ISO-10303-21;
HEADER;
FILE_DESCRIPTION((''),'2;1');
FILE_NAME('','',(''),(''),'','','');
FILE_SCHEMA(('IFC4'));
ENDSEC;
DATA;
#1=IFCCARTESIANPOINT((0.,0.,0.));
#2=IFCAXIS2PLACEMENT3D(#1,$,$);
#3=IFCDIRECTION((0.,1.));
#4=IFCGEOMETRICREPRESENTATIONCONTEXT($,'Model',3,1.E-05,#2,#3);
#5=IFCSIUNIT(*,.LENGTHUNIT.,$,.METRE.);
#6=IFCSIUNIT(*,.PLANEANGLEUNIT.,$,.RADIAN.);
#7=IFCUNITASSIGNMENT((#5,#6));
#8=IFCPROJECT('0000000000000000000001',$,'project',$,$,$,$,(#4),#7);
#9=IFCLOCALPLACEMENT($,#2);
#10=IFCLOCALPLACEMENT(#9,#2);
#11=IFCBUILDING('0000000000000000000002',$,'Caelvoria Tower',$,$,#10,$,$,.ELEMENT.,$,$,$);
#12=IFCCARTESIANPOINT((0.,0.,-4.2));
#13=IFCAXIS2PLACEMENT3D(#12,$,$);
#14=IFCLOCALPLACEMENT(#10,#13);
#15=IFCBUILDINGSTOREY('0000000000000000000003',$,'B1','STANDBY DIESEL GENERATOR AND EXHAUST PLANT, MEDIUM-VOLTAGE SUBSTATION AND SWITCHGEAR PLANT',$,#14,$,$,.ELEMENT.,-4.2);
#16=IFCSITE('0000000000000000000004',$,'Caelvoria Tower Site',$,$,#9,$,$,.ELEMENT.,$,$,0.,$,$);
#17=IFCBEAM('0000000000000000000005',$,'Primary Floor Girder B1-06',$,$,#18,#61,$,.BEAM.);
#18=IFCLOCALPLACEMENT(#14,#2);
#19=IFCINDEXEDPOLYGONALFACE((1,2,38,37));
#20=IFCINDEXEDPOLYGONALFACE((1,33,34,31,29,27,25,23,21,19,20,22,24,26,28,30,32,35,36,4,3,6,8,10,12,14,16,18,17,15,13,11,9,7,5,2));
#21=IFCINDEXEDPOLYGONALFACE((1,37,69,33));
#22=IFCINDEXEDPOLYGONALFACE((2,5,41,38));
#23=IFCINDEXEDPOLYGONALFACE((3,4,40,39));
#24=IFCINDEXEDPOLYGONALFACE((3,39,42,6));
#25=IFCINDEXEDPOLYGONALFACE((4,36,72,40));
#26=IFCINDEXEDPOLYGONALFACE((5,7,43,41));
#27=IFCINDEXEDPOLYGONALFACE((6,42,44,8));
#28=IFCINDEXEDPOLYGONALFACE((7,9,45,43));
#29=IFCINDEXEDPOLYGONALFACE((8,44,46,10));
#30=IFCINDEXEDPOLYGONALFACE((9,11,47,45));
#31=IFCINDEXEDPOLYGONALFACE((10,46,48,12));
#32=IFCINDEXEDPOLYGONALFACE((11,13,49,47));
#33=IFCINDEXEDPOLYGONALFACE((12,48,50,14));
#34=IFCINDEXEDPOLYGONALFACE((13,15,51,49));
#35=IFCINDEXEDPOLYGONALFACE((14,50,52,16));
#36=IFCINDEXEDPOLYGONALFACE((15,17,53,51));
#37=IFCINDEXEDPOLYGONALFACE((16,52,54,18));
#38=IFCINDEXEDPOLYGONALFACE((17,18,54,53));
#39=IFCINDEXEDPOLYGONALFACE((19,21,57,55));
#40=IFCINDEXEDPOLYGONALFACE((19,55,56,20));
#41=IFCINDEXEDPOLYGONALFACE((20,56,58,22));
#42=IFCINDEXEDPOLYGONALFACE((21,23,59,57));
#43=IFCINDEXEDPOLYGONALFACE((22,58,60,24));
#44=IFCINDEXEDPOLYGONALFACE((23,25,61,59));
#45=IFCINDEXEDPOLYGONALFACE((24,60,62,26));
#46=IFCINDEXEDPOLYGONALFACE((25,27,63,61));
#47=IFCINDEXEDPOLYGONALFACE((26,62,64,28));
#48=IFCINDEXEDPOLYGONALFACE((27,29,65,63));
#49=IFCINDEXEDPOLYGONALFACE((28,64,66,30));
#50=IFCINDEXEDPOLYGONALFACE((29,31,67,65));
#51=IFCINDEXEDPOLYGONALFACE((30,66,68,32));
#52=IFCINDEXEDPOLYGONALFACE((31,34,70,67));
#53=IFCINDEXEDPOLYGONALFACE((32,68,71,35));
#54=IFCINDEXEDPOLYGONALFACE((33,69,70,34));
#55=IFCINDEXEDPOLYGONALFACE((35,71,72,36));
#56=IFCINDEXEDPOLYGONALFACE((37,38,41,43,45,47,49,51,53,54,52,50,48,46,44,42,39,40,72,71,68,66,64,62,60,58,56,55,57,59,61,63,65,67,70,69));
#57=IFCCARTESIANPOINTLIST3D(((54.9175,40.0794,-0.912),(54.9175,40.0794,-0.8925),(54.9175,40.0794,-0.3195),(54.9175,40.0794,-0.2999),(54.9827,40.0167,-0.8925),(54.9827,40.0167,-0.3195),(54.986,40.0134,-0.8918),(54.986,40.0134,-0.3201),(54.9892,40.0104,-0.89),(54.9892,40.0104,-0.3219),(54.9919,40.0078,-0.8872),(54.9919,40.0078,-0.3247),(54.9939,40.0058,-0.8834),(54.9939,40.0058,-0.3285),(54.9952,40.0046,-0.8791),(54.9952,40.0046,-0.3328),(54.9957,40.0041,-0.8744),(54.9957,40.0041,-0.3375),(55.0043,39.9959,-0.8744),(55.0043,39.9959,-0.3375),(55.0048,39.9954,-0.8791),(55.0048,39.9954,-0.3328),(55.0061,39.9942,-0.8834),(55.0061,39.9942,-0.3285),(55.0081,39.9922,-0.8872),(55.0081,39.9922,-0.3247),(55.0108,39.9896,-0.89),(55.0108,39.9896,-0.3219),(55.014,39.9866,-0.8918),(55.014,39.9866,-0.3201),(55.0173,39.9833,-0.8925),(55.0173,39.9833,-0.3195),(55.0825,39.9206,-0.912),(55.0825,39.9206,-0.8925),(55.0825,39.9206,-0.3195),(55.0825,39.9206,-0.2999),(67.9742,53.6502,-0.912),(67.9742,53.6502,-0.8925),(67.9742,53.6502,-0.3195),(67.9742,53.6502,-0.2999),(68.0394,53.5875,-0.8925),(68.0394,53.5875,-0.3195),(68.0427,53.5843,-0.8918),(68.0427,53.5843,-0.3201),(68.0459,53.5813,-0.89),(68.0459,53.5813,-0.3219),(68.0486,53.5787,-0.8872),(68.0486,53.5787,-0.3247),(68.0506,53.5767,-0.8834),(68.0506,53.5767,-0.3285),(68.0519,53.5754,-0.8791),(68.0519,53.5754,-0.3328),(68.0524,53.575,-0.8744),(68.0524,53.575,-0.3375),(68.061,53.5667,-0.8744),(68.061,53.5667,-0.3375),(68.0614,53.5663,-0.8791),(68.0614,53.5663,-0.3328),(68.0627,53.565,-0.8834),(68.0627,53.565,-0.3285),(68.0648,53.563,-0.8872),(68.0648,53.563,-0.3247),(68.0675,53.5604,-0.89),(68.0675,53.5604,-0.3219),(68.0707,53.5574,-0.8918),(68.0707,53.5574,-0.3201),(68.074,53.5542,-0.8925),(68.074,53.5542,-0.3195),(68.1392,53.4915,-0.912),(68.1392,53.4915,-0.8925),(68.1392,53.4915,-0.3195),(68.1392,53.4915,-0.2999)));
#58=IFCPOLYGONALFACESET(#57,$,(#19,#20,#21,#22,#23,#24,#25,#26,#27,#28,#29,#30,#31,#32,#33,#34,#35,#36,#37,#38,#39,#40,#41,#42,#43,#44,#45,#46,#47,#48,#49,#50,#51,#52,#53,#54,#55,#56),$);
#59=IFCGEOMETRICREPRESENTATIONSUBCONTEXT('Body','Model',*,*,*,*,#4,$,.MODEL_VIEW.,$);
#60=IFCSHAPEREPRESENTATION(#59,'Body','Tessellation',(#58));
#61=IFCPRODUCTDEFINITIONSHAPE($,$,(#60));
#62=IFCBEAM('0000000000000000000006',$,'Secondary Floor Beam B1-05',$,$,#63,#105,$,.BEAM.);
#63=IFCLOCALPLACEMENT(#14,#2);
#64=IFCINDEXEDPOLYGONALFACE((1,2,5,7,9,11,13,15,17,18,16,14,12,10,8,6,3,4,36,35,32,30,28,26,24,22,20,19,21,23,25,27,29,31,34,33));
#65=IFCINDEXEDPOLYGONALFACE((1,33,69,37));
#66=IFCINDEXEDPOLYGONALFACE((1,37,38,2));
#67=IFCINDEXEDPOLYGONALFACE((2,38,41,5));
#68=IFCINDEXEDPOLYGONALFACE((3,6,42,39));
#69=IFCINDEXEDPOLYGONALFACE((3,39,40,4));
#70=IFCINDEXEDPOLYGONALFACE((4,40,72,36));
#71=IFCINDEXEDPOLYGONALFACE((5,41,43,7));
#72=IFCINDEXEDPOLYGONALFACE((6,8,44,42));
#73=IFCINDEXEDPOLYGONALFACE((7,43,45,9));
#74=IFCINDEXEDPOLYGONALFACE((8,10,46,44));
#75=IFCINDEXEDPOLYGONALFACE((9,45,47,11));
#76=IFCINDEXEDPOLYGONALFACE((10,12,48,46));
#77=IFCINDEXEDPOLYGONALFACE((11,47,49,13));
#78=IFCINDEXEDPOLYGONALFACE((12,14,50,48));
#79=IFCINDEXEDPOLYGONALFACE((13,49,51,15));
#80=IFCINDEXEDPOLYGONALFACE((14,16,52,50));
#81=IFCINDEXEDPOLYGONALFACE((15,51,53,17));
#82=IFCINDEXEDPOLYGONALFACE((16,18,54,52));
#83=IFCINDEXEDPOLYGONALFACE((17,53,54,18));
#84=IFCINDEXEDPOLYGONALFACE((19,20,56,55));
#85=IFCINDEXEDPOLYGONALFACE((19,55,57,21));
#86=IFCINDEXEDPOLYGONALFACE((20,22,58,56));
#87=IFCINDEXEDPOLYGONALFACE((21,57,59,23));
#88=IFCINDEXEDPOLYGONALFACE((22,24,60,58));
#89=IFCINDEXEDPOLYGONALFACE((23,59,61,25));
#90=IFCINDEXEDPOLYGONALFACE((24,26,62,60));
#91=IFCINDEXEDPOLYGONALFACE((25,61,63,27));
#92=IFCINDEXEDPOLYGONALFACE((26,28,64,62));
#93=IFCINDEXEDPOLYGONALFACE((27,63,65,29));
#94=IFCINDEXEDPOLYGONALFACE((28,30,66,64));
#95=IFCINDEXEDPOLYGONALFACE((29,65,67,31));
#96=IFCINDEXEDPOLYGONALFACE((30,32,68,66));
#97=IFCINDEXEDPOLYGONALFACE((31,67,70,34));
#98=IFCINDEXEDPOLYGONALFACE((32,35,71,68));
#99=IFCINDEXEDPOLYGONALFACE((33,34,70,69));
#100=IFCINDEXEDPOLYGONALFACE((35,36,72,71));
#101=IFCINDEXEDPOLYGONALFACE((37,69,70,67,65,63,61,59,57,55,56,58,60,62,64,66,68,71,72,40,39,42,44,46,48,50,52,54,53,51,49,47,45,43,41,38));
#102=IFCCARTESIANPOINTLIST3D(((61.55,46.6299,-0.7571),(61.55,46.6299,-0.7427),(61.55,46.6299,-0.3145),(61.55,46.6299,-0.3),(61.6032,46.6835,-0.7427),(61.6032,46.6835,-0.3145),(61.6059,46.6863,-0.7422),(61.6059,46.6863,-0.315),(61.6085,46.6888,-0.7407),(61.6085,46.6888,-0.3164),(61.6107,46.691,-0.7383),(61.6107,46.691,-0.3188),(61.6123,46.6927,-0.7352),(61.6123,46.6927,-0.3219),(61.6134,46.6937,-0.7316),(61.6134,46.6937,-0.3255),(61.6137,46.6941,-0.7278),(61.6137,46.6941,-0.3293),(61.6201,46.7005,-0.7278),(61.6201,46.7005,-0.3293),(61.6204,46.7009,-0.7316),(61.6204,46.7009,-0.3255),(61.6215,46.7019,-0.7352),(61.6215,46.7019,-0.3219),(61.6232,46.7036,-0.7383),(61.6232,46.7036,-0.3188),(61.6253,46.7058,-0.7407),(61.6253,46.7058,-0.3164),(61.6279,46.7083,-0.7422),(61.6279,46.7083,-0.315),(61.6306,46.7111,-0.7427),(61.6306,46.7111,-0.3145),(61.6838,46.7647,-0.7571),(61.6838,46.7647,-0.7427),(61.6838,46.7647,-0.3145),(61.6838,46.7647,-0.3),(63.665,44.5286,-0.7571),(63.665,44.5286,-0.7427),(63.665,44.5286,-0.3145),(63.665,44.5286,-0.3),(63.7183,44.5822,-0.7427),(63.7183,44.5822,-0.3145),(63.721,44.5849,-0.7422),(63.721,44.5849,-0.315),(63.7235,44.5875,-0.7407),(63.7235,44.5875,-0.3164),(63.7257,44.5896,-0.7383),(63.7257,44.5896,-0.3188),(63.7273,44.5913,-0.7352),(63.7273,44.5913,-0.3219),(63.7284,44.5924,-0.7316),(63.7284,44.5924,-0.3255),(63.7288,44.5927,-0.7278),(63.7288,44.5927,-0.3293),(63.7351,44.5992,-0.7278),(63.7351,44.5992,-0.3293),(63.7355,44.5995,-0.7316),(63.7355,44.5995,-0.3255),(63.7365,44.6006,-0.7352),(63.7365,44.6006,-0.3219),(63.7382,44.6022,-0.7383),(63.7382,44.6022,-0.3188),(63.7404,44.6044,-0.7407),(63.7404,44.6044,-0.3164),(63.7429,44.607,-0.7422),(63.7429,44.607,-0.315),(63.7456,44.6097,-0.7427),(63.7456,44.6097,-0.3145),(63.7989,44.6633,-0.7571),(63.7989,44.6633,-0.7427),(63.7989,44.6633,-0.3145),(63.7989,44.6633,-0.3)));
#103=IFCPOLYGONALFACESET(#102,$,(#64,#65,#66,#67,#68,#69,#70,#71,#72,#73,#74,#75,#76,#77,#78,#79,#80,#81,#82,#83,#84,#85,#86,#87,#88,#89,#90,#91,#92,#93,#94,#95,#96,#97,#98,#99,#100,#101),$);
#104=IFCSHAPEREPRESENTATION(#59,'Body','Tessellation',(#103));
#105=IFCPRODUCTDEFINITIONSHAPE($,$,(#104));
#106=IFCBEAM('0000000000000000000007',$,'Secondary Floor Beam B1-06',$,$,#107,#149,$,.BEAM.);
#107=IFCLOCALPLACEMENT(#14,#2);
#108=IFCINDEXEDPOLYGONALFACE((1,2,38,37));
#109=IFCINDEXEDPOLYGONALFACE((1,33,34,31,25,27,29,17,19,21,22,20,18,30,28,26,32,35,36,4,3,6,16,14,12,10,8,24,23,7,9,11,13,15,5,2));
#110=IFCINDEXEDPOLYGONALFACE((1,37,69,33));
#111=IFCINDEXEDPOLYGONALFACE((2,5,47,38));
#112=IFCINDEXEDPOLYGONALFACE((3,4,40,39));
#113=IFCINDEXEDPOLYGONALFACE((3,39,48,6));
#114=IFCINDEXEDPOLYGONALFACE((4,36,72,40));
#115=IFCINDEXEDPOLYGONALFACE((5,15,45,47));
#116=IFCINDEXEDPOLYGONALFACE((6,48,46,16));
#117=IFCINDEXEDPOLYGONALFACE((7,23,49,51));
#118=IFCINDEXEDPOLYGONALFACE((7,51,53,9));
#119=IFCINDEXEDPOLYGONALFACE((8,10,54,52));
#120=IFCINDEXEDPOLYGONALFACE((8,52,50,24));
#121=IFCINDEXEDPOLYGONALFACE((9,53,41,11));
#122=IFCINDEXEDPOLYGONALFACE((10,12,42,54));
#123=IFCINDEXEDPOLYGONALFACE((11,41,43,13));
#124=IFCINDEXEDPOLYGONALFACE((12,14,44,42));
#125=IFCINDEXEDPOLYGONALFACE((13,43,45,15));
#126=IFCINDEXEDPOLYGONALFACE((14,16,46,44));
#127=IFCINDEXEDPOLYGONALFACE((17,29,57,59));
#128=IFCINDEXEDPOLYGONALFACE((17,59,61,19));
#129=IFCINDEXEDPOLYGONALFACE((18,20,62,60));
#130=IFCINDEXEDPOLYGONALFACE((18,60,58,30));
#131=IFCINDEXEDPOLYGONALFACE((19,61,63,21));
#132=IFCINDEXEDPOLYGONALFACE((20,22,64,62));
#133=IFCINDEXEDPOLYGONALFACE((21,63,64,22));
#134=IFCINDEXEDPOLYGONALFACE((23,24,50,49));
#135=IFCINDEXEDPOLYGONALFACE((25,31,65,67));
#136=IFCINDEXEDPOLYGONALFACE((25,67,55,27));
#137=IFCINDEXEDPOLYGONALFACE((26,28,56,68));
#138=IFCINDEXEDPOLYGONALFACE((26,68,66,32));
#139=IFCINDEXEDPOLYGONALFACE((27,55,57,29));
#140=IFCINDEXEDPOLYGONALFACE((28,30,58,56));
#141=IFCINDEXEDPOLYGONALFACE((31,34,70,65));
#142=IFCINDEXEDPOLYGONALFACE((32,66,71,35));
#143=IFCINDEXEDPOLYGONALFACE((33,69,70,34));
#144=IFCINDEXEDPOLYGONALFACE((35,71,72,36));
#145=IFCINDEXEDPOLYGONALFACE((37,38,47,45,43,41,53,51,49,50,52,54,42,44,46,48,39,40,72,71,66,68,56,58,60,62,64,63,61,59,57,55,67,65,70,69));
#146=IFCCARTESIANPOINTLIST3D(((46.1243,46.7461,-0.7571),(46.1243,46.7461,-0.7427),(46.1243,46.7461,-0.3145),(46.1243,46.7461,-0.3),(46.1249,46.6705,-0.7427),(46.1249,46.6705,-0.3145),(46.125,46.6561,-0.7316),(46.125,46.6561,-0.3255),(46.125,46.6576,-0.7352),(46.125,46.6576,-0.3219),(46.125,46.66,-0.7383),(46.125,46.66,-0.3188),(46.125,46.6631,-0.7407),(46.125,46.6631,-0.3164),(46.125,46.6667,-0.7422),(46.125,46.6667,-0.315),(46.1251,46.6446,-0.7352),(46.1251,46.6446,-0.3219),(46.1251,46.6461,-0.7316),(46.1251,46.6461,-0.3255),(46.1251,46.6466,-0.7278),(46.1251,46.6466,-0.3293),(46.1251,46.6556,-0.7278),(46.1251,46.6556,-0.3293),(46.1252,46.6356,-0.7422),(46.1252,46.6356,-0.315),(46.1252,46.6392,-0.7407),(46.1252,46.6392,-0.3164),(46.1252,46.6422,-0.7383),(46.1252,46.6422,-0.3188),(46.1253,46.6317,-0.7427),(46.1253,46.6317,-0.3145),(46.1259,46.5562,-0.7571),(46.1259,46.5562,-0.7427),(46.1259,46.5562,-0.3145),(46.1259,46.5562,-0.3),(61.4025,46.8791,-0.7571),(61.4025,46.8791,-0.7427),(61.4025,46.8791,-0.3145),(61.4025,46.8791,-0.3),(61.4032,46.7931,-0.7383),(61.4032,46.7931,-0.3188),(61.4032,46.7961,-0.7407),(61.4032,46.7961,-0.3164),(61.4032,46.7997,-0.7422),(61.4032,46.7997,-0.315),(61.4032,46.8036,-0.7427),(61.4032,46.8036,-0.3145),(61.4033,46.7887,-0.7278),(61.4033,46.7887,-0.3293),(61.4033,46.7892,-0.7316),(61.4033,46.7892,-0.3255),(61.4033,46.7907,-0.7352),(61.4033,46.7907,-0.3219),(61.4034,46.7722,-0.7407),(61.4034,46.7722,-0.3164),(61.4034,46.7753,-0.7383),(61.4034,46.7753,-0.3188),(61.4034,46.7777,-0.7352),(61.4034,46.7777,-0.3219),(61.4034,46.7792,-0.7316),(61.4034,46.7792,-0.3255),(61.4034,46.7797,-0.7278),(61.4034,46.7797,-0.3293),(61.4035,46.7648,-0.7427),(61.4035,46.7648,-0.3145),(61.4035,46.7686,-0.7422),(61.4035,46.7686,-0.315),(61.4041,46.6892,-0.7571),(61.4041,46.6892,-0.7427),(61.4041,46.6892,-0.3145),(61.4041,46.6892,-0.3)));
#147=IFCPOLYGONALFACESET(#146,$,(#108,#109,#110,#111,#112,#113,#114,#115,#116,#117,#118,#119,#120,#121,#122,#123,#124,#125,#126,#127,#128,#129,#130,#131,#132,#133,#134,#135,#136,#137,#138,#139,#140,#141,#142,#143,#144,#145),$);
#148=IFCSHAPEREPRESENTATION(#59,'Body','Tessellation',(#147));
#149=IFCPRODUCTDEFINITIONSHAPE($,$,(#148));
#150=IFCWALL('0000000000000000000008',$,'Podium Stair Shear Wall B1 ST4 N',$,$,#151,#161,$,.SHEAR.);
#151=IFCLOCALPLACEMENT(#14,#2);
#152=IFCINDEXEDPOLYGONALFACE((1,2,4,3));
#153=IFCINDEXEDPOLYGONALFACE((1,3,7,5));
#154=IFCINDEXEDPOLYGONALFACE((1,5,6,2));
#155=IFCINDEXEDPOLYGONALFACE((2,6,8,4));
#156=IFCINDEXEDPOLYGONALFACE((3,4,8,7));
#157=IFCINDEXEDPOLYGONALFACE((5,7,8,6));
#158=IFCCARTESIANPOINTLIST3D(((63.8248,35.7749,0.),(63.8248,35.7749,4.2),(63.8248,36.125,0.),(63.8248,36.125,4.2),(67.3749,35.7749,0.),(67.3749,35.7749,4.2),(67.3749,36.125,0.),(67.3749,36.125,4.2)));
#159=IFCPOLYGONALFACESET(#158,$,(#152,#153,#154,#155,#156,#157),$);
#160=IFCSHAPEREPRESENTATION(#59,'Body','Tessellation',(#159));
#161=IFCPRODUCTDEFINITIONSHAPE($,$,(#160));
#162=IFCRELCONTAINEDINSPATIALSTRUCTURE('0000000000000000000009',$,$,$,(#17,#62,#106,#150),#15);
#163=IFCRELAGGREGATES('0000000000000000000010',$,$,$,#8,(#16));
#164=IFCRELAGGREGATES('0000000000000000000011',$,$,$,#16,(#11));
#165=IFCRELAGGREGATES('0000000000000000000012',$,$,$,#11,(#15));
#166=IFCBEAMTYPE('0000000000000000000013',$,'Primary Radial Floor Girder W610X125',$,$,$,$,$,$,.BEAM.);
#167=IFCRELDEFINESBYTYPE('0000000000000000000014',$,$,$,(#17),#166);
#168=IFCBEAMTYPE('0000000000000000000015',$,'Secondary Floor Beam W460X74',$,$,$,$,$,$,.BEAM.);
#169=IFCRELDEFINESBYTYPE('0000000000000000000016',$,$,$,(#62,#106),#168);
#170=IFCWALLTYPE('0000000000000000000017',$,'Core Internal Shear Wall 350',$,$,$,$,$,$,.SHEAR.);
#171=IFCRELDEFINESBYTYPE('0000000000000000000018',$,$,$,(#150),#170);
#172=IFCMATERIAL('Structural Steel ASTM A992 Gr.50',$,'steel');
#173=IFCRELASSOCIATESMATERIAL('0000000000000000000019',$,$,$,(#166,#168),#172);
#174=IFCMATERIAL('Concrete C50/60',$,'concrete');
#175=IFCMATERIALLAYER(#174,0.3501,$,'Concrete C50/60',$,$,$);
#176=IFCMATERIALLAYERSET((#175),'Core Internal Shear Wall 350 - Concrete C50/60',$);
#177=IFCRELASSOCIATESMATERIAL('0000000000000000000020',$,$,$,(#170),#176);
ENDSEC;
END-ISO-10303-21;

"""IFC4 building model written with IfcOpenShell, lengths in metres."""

from ifc_helpers import new_model, si_unit, direction, frame, frame_2d, origin, origin_2d, place, context, subcontext, project, spatial, rectangle, i_section, extrude, material, layer, layer_set, material_profile, profile_set, type_object, element, save


model = new_model("IFC4")

# Units and contexts
model_context = context("Model", 3, precision=1e-05, world=origin(), true_north=direction((0.0, 1.0)))
body_context = subcontext(model_context, "Body", "Model", "MODEL_VIEW")
ifc_project = project(units=[si_unit("LENGTHUNIT", "METRE"), si_unit("PLANEANGLEUNIT", "RADIAN")], contexts=[model_context])

# Site, building, storey
site_placement = place(None, origin())
site = spatial("IfcSite", under=ifc_project, at=site_placement, Name="Caelvoria Tower Site", CompositionType="ELEMENT", RefElevation=0.0)
building_placement = place(site_placement, origin())
building = spatial("IfcBuilding", under=site, at=building_placement, Name="Caelvoria Tower", CompositionType="ELEMENT")
storey_placement = place(building_placement, frame((0.0, 0.0, -4.2)))
storey = spatial("IfcBuildingStorey", under=building, at=storey_placement, Name="B1", Description="STANDBY DIESEL GENERATOR AND EXHAUST PLANT, MEDIUM-VOLTAGE SUBSTATION AND SWITCHGEAR PLANT", CompositionType="ELEMENT", Elevation=-4.2)

# Shared definitions
ifc_material_1 = material(Name="Concrete C50/60", Category="concrete")

# Beams
ifc_material_2 = material(Name="Structural Steel ASTM A992 Gr.50", Category="steel")
ifc_material_profile_1 = material_profile(ifc_material_2, i_section(OverallWidth=0.229, OverallDepth=0.6121, WebThickness=0.012, FlangeThickness=0.0195, FilletRadius=0.0181, at=origin_2d()), Name="Structural Steel ASTM A992 Gr.50")
ifc_profile_set_1 = profile_set([ifc_material_profile_1], Name="W610X125 - Structural Steel ASTM A992 Gr.50")
beam_type_1 = type_object("IfcBeamType", Name="Primary Radial Floor Girder W610X125", PredefinedType="BEAM", material=ifc_profile_set_1)
beam_1_placement = place(storey_placement, frame((55.0, 40.0, -0.606), z_axis=(0.693324, 0.720626, 0.0), x_axis=(-0.720626, 0.693324, 0.0)))
element("IfcBeam", 1, at=beam_1_placement, inside=storey, type_object=beam_type_1, Name="Primary Floor Girder B1-06", PredefinedType="BEAM", context=body_context, shape_type="SweptSolid", body=[
    extrude(i_section(OverallWidth=0.229, OverallDepth=0.6121, WebThickness=0.012, FlangeThickness=0.0195, FilletRadius=0.0181, at=origin_2d()), origin(), (0.0, 0.0, 1.0), 18.832),
])
ifc_material_profile_2 = material_profile(ifc_material_2, i_section(OverallWidth=0.1899, OverallDepth=0.457, WebThickness=0.009, FlangeThickness=0.0144, FilletRadius=0.0149, at=origin_2d()), Name="Structural Steel ASTM A992 Gr.50")
ifc_profile_set_2 = profile_set([ifc_material_profile_2], Name="W460X74 - Structural Steel ASTM A992 Gr.50")
beam_type_2 = type_object("IfcBeamType", Name="Secondary Floor Beam W460X74", PredefinedType="BEAM", material=ifc_profile_set_2)
beam_2_placement = place(storey_placement, frame((63.7319, 44.5959, -0.5286), z_axis=(-0.709396, 0.70481, 0.0), x_axis=(-0.70481, -0.709396, 0.0)))
element("IfcBeam", 2, at=beam_2_placement, inside=storey, type_object=beam_type_2, Name="Secondary Floor Beam B1-05", PredefinedType="BEAM", context=body_context, shape_type="SweptSolid", body=[
    extrude(i_section(OverallWidth=0.1899, OverallDepth=0.457, WebThickness=0.009, FlangeThickness=0.0144, FilletRadius=0.0149, at=origin_2d()), origin(), (0.0, 0.0, 1.0), 2.9814),
])
beam_3_placement = place(storey_placement, frame((61.4033, 46.7842, -0.5286), z_axis=(-0.999962, -0.008709, 0.0), x_axis=(0.008709, -0.999962, 0.0)))
element("IfcBeam", 3, at=beam_3_placement, inside=storey, type_object=beam_type_2, Name="Secondary Floor Beam B1-06", PredefinedType="BEAM", context=body_context, shape_type="SweptSolid", body=[
    extrude(i_section(OverallWidth=0.1899, OverallDepth=0.457, WebThickness=0.009, FlangeThickness=0.0144, FilletRadius=0.0149, at=origin_2d()), origin(), (0.0, 0.0, 1.0), 15.2788),
])

# Wall
ifc_layer = layer(ifc_material_1, 0.3501, Name="Concrete C50/60")
ifc_layer_set = layer_set([ifc_layer], Name="Core Internal Shear Wall 350 - Concrete C50/60")
wall_type = type_object("IfcWallType", Name="Core Internal Shear Wall 350", PredefinedType="SHEAR", material=ifc_layer_set)
wall_placement = place(storey_placement, frame((63.825, 35.95, 0.0), z_axis=(0.0, 0.0, 1.0), x_axis=(1.0, 0.0, 0.0)))
element("IfcWall", 4, at=wall_placement, inside=storey, type_object=wall_type, Name="Podium Stair Shear Wall B1 ST4 N", PredefinedType="SHEAR", context=body_context, shape_type="SweptSolid", body=[
    extrude(rectangle(XDim=3.55, YDim=0.3501, at=frame_2d((1.7749, 0.0))), origin(), (0.0, 0.0, 1.0), 4.2),
])

save(model, "model.ifc")
